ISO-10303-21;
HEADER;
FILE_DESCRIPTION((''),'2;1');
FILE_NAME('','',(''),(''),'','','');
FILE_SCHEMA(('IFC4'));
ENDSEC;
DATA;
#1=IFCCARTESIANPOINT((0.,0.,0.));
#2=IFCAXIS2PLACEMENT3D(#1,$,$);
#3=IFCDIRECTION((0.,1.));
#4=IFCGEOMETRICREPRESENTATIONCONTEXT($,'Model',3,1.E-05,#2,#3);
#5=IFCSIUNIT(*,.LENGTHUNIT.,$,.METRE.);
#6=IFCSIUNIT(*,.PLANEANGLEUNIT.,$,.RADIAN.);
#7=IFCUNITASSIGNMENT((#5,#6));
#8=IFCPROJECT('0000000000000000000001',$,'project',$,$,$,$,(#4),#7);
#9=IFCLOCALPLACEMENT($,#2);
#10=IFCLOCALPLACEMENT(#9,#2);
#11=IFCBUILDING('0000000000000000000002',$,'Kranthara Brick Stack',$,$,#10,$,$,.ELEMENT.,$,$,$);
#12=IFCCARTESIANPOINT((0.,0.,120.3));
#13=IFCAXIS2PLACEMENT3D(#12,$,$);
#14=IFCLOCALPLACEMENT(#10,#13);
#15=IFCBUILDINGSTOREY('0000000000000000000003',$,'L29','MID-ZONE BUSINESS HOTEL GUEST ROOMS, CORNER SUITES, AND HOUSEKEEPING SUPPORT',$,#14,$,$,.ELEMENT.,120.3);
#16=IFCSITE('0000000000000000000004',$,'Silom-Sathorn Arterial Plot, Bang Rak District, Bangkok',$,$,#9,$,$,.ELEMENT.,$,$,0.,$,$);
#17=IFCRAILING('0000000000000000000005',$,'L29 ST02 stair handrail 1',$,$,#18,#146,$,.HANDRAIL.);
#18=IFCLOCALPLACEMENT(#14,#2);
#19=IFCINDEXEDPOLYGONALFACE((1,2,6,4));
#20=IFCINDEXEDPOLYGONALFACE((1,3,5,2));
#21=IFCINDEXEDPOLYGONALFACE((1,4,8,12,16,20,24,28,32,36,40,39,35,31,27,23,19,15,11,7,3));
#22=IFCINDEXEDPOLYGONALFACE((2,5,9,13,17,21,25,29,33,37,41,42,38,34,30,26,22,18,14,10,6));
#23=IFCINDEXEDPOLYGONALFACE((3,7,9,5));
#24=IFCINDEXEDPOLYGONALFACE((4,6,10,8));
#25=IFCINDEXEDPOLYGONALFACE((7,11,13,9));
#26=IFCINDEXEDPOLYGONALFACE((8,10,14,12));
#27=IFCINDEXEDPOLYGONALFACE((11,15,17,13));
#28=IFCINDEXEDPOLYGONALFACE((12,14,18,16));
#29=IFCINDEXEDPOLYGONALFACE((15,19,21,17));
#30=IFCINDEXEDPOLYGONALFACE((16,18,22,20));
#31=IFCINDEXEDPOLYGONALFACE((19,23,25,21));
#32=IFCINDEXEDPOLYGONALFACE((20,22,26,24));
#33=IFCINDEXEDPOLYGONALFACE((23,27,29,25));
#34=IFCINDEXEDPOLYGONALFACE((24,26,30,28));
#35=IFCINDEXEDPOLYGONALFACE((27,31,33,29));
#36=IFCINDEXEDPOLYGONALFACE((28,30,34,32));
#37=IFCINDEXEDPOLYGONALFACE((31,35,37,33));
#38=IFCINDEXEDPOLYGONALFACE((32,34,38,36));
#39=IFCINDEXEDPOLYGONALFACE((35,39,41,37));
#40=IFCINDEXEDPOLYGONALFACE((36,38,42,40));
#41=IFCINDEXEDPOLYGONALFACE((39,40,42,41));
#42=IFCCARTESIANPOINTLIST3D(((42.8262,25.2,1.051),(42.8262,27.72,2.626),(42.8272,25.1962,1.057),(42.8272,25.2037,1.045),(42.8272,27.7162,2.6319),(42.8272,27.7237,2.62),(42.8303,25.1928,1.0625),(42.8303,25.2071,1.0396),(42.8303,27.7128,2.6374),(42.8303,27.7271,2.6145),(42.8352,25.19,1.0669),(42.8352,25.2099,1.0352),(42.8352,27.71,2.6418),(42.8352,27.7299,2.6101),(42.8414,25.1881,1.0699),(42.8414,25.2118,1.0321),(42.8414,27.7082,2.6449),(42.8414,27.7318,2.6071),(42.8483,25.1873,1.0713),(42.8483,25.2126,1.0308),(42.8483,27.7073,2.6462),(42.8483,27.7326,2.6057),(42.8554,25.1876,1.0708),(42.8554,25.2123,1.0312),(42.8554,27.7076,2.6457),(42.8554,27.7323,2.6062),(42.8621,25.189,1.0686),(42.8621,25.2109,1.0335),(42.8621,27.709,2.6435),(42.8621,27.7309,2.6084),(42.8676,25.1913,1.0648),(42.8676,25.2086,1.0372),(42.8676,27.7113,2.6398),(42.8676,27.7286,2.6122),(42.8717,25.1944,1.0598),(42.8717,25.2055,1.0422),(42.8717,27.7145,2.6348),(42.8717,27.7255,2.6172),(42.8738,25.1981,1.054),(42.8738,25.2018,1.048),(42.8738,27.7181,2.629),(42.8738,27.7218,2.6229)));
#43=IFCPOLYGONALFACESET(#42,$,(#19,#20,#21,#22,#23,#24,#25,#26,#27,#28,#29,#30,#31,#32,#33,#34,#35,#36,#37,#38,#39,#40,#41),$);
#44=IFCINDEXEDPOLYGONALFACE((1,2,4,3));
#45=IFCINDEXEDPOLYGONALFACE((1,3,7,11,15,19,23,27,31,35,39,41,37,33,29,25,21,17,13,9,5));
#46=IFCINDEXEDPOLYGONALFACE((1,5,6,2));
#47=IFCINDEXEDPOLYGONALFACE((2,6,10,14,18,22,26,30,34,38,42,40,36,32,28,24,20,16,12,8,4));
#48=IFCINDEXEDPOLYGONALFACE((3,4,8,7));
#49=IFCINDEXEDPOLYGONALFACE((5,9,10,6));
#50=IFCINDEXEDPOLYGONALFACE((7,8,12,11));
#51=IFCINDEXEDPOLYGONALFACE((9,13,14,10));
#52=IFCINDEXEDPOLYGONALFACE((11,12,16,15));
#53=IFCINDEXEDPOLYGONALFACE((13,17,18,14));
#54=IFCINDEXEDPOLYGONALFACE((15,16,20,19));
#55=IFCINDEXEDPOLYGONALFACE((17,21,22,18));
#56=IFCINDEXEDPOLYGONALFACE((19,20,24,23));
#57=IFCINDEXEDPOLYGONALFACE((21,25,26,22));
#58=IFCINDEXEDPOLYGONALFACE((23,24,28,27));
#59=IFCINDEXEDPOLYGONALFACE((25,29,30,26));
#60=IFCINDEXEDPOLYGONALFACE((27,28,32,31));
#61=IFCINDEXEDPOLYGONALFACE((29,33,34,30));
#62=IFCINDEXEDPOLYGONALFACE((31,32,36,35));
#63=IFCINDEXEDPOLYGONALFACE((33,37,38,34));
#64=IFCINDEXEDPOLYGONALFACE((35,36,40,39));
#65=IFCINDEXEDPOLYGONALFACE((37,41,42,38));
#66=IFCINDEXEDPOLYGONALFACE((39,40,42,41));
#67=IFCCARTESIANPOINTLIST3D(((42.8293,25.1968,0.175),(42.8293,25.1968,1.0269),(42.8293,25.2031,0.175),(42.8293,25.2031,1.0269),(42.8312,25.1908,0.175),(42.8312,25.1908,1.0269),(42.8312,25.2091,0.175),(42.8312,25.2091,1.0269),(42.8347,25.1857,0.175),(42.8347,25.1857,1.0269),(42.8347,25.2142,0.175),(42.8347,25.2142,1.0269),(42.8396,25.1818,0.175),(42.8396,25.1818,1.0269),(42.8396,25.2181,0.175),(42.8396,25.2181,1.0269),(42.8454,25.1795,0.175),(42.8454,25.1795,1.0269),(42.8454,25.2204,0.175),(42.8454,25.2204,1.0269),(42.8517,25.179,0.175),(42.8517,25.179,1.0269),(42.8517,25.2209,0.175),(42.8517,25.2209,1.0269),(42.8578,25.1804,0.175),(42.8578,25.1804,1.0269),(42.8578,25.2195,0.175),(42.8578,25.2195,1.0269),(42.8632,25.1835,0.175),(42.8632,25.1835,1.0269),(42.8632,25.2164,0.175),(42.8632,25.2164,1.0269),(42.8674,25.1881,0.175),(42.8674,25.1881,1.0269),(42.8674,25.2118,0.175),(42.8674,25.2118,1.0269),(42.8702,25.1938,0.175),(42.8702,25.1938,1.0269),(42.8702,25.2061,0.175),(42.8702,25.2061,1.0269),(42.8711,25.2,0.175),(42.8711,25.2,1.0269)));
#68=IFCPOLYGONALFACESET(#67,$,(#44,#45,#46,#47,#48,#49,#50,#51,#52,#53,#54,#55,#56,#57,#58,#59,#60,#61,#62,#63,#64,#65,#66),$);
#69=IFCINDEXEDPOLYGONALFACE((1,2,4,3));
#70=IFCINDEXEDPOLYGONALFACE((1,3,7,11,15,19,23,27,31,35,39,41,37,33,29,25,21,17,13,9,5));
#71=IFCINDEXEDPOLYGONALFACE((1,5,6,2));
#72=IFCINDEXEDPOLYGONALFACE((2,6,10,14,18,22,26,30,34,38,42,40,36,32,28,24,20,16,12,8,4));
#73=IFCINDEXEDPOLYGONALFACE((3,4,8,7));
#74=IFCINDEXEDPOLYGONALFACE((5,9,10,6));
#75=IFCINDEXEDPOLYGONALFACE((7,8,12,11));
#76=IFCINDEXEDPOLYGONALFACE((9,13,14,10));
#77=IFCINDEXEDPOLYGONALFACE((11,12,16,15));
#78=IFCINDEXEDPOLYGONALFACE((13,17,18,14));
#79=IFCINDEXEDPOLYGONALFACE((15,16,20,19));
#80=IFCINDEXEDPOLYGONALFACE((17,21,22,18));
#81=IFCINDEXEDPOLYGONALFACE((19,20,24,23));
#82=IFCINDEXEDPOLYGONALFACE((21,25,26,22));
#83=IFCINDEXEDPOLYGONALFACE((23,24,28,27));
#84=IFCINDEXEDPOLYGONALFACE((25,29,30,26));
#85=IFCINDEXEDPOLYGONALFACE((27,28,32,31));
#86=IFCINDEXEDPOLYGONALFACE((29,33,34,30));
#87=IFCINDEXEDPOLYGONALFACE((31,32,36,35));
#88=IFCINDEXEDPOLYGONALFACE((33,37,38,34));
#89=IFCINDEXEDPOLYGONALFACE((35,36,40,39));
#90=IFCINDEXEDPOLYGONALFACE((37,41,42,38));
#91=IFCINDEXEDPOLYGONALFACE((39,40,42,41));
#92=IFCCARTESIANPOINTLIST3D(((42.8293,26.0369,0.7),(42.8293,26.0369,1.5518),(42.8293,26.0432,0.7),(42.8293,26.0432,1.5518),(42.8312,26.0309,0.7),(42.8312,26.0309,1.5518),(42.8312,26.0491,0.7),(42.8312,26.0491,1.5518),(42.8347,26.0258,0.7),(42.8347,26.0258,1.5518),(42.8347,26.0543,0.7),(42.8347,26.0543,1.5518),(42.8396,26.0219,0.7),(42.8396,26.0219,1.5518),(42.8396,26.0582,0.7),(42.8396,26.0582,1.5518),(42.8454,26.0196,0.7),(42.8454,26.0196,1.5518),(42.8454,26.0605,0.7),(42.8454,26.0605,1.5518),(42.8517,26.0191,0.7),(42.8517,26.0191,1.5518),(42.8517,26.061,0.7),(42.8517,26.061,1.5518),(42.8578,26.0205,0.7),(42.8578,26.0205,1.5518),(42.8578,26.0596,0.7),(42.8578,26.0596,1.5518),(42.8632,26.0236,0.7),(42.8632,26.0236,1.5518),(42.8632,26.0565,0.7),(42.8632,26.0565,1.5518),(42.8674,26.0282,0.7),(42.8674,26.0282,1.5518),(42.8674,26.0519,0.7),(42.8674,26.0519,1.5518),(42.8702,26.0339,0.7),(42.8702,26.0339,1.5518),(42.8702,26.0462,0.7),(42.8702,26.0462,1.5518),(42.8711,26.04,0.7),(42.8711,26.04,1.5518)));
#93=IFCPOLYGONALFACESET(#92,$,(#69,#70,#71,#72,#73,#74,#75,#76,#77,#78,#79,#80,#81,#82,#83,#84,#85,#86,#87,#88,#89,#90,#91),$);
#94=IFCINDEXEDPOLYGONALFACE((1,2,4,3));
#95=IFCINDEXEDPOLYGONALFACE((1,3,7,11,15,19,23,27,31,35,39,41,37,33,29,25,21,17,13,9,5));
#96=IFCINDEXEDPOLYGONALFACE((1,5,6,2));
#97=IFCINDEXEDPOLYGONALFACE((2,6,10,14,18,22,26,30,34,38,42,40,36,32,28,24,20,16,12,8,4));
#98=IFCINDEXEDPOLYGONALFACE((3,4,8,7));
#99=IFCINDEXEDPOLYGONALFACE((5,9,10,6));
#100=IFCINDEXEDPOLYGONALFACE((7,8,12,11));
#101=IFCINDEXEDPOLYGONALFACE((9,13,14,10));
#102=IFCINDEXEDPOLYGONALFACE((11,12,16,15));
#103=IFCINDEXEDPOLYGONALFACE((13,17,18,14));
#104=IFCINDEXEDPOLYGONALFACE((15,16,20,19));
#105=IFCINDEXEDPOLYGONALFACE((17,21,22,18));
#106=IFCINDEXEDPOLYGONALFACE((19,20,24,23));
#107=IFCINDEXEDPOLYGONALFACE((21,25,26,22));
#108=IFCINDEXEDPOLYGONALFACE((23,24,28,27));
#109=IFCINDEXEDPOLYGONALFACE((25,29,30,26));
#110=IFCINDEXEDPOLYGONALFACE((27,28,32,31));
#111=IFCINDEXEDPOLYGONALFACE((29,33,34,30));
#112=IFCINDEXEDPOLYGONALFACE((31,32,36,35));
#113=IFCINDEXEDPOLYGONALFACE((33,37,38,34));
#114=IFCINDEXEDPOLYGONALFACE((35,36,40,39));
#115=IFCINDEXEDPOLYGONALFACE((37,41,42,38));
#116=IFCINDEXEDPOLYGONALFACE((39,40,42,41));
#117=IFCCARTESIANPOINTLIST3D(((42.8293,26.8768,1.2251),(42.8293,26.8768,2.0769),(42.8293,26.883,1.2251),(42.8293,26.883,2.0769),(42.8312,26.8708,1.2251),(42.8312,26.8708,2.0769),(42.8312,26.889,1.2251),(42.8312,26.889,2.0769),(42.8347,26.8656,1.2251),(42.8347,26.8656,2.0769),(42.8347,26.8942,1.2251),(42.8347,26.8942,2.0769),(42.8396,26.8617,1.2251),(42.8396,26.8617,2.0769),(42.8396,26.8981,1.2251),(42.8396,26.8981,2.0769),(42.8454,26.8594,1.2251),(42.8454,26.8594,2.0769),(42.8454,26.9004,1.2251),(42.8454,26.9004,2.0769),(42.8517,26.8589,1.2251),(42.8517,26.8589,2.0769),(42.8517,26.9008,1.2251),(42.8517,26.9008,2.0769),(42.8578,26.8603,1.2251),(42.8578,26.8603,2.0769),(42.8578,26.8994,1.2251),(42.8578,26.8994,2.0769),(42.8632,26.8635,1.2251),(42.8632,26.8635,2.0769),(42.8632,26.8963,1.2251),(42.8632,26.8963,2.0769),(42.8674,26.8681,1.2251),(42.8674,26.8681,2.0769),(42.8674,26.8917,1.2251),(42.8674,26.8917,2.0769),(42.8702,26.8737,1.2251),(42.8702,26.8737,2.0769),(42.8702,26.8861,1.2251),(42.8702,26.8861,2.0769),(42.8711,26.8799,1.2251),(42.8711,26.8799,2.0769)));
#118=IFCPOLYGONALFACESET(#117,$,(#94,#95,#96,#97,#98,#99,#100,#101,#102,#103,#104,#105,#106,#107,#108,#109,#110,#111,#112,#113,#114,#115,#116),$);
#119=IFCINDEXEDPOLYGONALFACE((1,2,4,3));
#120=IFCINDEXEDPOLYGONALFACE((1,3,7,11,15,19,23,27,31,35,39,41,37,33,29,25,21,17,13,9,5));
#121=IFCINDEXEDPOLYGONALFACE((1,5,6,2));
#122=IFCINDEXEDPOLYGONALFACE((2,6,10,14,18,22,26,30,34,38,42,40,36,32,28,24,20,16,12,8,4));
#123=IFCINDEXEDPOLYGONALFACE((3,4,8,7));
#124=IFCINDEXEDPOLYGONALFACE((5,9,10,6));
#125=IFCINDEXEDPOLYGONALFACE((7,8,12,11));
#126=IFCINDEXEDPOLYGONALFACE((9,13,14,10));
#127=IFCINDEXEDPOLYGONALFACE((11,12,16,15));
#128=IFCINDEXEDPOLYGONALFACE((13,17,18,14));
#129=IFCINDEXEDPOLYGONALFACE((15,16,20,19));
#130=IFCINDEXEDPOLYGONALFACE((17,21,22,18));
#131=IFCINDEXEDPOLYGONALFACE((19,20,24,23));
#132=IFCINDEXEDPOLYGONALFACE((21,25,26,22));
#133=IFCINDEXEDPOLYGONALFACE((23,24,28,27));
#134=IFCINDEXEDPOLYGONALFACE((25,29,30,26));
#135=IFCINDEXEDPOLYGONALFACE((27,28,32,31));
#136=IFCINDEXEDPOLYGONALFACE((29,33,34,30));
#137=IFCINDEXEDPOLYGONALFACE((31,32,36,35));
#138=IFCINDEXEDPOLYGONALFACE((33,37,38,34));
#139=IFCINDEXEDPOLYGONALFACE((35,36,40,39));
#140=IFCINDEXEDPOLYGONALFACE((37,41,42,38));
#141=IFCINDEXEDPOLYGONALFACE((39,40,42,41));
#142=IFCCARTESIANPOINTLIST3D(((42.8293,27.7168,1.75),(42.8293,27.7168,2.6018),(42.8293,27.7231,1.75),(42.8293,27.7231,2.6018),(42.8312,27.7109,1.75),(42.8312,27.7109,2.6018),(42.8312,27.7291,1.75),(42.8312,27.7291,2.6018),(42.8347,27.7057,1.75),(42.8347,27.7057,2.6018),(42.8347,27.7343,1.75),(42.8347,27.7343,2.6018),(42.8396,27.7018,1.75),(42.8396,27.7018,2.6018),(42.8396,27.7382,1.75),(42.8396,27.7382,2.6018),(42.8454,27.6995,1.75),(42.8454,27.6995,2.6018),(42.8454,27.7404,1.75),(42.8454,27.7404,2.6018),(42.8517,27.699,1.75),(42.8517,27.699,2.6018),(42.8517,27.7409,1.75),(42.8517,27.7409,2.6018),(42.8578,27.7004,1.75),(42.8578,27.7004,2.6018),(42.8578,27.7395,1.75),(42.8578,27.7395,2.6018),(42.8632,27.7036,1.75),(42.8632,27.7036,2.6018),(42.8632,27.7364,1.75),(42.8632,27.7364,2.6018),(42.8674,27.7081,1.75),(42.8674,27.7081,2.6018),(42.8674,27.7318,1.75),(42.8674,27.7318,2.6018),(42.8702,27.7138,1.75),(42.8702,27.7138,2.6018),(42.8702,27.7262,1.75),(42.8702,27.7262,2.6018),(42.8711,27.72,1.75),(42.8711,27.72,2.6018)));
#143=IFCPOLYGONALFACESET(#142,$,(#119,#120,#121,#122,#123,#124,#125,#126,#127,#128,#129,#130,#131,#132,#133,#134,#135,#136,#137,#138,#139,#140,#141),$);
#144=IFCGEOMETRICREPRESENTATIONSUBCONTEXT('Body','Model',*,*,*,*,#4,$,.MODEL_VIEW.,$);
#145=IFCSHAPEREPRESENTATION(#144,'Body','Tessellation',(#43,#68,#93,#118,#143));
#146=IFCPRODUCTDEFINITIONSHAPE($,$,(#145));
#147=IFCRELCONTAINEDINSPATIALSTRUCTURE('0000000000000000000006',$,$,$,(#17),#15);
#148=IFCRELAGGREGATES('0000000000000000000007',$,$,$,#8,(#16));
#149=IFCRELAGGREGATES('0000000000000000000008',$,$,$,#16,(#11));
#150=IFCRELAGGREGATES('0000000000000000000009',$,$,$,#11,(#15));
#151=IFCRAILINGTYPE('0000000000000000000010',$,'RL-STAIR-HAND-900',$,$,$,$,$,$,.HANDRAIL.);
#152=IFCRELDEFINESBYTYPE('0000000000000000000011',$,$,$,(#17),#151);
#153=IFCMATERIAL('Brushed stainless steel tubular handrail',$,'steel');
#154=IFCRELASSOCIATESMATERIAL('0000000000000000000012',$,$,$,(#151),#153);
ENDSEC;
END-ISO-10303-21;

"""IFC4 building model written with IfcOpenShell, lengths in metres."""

from ifc_helpers import new_model, si_unit, direction, frame, origin, origin_2d, place, context, subcontext, project, spatial, circle, extrude, material, type_object, element, save


model = new_model("IFC4")

# Units and contexts
model_context = context("Model", 3, precision=1e-05, world=origin(), true_north=direction((0.0, 1.0)))
body_context = subcontext(model_context, "Body", "Model", "MODEL_VIEW")
ifc_project = project(units=[si_unit("LENGTHUNIT", "METRE"), si_unit("PLANEANGLEUNIT", "RADIAN")], contexts=[model_context])

# Site, building, storey
site_placement = place(None, origin())
site = spatial("IfcSite", under=ifc_project, at=site_placement, Name="Silom-Sathorn Arterial Plot, Bang Rak District, Bangkok", CompositionType="ELEMENT", RefElevation=0.0)
building_placement = place(site_placement, origin())
building = spatial("IfcBuilding", under=site, at=building_placement, Name="Kranthara Brick Stack", CompositionType="ELEMENT")
storey_placement = place(building_placement, frame((0.0, 0.0, 120.3)))
storey = spatial("IfcBuildingStorey", under=building, at=storey_placement, Name="L29", Description="MID-ZONE BUSINESS HOTEL GUEST ROOMS, CORNER SUITES, AND HOUSEKEEPING SUPPORT", CompositionType="ELEMENT", Elevation=120.3)

# Railing
ifc_material_1 = material(Name="Brushed stainless steel tubular handrail", Category="steel")
railing_type_1 = type_object("IfcRailingType", Name="RL-STAIR-HAND-900", PredefinedType="HANDRAIL", material=ifc_material_1)
railing_1_placement = place(storey_placement, frame((42.8501, 25.2, 0.175)))
element("IfcRailing", 1, at=railing_1_placement, inside=storey, type_object=railing_type_1, Name="L29 ST02 stair handrail 1", PredefinedType="HANDRAIL", context=body_context, shape_type="SweptSolid", body=[
    extrude(circle(Radius=0.0239, at=origin_2d()), frame((0.0, 0.0, 0.876), z_axis=(0.0, 0.848008, 0.529984), x_axis=(-1.0, 0.0, 0.0)), (0.0, 0.0, 1.0), 2.9717),
    extrude(circle(Radius=0.021, at=origin_2d()), origin(), (0.0, 0.0, 1.0), 0.8518),
    extrude(circle(Radius=0.021, at=origin_2d()), frame((0.0, 0.8401, 0.5249)), (0.0, 0.0, 1.0), 0.8518),
    extrude(circle(Radius=0.021, at=origin_2d()), frame((0.0, 1.6799, 1.05)), (0.0, 0.0, 1.0), 0.8518),
    extrude(circle(Radius=0.021, at=origin_2d()), frame((0.0, 2.52, 1.575)), (0.0, 0.0, 1.0), 0.8518),
])

save(model, "model.ifc")
